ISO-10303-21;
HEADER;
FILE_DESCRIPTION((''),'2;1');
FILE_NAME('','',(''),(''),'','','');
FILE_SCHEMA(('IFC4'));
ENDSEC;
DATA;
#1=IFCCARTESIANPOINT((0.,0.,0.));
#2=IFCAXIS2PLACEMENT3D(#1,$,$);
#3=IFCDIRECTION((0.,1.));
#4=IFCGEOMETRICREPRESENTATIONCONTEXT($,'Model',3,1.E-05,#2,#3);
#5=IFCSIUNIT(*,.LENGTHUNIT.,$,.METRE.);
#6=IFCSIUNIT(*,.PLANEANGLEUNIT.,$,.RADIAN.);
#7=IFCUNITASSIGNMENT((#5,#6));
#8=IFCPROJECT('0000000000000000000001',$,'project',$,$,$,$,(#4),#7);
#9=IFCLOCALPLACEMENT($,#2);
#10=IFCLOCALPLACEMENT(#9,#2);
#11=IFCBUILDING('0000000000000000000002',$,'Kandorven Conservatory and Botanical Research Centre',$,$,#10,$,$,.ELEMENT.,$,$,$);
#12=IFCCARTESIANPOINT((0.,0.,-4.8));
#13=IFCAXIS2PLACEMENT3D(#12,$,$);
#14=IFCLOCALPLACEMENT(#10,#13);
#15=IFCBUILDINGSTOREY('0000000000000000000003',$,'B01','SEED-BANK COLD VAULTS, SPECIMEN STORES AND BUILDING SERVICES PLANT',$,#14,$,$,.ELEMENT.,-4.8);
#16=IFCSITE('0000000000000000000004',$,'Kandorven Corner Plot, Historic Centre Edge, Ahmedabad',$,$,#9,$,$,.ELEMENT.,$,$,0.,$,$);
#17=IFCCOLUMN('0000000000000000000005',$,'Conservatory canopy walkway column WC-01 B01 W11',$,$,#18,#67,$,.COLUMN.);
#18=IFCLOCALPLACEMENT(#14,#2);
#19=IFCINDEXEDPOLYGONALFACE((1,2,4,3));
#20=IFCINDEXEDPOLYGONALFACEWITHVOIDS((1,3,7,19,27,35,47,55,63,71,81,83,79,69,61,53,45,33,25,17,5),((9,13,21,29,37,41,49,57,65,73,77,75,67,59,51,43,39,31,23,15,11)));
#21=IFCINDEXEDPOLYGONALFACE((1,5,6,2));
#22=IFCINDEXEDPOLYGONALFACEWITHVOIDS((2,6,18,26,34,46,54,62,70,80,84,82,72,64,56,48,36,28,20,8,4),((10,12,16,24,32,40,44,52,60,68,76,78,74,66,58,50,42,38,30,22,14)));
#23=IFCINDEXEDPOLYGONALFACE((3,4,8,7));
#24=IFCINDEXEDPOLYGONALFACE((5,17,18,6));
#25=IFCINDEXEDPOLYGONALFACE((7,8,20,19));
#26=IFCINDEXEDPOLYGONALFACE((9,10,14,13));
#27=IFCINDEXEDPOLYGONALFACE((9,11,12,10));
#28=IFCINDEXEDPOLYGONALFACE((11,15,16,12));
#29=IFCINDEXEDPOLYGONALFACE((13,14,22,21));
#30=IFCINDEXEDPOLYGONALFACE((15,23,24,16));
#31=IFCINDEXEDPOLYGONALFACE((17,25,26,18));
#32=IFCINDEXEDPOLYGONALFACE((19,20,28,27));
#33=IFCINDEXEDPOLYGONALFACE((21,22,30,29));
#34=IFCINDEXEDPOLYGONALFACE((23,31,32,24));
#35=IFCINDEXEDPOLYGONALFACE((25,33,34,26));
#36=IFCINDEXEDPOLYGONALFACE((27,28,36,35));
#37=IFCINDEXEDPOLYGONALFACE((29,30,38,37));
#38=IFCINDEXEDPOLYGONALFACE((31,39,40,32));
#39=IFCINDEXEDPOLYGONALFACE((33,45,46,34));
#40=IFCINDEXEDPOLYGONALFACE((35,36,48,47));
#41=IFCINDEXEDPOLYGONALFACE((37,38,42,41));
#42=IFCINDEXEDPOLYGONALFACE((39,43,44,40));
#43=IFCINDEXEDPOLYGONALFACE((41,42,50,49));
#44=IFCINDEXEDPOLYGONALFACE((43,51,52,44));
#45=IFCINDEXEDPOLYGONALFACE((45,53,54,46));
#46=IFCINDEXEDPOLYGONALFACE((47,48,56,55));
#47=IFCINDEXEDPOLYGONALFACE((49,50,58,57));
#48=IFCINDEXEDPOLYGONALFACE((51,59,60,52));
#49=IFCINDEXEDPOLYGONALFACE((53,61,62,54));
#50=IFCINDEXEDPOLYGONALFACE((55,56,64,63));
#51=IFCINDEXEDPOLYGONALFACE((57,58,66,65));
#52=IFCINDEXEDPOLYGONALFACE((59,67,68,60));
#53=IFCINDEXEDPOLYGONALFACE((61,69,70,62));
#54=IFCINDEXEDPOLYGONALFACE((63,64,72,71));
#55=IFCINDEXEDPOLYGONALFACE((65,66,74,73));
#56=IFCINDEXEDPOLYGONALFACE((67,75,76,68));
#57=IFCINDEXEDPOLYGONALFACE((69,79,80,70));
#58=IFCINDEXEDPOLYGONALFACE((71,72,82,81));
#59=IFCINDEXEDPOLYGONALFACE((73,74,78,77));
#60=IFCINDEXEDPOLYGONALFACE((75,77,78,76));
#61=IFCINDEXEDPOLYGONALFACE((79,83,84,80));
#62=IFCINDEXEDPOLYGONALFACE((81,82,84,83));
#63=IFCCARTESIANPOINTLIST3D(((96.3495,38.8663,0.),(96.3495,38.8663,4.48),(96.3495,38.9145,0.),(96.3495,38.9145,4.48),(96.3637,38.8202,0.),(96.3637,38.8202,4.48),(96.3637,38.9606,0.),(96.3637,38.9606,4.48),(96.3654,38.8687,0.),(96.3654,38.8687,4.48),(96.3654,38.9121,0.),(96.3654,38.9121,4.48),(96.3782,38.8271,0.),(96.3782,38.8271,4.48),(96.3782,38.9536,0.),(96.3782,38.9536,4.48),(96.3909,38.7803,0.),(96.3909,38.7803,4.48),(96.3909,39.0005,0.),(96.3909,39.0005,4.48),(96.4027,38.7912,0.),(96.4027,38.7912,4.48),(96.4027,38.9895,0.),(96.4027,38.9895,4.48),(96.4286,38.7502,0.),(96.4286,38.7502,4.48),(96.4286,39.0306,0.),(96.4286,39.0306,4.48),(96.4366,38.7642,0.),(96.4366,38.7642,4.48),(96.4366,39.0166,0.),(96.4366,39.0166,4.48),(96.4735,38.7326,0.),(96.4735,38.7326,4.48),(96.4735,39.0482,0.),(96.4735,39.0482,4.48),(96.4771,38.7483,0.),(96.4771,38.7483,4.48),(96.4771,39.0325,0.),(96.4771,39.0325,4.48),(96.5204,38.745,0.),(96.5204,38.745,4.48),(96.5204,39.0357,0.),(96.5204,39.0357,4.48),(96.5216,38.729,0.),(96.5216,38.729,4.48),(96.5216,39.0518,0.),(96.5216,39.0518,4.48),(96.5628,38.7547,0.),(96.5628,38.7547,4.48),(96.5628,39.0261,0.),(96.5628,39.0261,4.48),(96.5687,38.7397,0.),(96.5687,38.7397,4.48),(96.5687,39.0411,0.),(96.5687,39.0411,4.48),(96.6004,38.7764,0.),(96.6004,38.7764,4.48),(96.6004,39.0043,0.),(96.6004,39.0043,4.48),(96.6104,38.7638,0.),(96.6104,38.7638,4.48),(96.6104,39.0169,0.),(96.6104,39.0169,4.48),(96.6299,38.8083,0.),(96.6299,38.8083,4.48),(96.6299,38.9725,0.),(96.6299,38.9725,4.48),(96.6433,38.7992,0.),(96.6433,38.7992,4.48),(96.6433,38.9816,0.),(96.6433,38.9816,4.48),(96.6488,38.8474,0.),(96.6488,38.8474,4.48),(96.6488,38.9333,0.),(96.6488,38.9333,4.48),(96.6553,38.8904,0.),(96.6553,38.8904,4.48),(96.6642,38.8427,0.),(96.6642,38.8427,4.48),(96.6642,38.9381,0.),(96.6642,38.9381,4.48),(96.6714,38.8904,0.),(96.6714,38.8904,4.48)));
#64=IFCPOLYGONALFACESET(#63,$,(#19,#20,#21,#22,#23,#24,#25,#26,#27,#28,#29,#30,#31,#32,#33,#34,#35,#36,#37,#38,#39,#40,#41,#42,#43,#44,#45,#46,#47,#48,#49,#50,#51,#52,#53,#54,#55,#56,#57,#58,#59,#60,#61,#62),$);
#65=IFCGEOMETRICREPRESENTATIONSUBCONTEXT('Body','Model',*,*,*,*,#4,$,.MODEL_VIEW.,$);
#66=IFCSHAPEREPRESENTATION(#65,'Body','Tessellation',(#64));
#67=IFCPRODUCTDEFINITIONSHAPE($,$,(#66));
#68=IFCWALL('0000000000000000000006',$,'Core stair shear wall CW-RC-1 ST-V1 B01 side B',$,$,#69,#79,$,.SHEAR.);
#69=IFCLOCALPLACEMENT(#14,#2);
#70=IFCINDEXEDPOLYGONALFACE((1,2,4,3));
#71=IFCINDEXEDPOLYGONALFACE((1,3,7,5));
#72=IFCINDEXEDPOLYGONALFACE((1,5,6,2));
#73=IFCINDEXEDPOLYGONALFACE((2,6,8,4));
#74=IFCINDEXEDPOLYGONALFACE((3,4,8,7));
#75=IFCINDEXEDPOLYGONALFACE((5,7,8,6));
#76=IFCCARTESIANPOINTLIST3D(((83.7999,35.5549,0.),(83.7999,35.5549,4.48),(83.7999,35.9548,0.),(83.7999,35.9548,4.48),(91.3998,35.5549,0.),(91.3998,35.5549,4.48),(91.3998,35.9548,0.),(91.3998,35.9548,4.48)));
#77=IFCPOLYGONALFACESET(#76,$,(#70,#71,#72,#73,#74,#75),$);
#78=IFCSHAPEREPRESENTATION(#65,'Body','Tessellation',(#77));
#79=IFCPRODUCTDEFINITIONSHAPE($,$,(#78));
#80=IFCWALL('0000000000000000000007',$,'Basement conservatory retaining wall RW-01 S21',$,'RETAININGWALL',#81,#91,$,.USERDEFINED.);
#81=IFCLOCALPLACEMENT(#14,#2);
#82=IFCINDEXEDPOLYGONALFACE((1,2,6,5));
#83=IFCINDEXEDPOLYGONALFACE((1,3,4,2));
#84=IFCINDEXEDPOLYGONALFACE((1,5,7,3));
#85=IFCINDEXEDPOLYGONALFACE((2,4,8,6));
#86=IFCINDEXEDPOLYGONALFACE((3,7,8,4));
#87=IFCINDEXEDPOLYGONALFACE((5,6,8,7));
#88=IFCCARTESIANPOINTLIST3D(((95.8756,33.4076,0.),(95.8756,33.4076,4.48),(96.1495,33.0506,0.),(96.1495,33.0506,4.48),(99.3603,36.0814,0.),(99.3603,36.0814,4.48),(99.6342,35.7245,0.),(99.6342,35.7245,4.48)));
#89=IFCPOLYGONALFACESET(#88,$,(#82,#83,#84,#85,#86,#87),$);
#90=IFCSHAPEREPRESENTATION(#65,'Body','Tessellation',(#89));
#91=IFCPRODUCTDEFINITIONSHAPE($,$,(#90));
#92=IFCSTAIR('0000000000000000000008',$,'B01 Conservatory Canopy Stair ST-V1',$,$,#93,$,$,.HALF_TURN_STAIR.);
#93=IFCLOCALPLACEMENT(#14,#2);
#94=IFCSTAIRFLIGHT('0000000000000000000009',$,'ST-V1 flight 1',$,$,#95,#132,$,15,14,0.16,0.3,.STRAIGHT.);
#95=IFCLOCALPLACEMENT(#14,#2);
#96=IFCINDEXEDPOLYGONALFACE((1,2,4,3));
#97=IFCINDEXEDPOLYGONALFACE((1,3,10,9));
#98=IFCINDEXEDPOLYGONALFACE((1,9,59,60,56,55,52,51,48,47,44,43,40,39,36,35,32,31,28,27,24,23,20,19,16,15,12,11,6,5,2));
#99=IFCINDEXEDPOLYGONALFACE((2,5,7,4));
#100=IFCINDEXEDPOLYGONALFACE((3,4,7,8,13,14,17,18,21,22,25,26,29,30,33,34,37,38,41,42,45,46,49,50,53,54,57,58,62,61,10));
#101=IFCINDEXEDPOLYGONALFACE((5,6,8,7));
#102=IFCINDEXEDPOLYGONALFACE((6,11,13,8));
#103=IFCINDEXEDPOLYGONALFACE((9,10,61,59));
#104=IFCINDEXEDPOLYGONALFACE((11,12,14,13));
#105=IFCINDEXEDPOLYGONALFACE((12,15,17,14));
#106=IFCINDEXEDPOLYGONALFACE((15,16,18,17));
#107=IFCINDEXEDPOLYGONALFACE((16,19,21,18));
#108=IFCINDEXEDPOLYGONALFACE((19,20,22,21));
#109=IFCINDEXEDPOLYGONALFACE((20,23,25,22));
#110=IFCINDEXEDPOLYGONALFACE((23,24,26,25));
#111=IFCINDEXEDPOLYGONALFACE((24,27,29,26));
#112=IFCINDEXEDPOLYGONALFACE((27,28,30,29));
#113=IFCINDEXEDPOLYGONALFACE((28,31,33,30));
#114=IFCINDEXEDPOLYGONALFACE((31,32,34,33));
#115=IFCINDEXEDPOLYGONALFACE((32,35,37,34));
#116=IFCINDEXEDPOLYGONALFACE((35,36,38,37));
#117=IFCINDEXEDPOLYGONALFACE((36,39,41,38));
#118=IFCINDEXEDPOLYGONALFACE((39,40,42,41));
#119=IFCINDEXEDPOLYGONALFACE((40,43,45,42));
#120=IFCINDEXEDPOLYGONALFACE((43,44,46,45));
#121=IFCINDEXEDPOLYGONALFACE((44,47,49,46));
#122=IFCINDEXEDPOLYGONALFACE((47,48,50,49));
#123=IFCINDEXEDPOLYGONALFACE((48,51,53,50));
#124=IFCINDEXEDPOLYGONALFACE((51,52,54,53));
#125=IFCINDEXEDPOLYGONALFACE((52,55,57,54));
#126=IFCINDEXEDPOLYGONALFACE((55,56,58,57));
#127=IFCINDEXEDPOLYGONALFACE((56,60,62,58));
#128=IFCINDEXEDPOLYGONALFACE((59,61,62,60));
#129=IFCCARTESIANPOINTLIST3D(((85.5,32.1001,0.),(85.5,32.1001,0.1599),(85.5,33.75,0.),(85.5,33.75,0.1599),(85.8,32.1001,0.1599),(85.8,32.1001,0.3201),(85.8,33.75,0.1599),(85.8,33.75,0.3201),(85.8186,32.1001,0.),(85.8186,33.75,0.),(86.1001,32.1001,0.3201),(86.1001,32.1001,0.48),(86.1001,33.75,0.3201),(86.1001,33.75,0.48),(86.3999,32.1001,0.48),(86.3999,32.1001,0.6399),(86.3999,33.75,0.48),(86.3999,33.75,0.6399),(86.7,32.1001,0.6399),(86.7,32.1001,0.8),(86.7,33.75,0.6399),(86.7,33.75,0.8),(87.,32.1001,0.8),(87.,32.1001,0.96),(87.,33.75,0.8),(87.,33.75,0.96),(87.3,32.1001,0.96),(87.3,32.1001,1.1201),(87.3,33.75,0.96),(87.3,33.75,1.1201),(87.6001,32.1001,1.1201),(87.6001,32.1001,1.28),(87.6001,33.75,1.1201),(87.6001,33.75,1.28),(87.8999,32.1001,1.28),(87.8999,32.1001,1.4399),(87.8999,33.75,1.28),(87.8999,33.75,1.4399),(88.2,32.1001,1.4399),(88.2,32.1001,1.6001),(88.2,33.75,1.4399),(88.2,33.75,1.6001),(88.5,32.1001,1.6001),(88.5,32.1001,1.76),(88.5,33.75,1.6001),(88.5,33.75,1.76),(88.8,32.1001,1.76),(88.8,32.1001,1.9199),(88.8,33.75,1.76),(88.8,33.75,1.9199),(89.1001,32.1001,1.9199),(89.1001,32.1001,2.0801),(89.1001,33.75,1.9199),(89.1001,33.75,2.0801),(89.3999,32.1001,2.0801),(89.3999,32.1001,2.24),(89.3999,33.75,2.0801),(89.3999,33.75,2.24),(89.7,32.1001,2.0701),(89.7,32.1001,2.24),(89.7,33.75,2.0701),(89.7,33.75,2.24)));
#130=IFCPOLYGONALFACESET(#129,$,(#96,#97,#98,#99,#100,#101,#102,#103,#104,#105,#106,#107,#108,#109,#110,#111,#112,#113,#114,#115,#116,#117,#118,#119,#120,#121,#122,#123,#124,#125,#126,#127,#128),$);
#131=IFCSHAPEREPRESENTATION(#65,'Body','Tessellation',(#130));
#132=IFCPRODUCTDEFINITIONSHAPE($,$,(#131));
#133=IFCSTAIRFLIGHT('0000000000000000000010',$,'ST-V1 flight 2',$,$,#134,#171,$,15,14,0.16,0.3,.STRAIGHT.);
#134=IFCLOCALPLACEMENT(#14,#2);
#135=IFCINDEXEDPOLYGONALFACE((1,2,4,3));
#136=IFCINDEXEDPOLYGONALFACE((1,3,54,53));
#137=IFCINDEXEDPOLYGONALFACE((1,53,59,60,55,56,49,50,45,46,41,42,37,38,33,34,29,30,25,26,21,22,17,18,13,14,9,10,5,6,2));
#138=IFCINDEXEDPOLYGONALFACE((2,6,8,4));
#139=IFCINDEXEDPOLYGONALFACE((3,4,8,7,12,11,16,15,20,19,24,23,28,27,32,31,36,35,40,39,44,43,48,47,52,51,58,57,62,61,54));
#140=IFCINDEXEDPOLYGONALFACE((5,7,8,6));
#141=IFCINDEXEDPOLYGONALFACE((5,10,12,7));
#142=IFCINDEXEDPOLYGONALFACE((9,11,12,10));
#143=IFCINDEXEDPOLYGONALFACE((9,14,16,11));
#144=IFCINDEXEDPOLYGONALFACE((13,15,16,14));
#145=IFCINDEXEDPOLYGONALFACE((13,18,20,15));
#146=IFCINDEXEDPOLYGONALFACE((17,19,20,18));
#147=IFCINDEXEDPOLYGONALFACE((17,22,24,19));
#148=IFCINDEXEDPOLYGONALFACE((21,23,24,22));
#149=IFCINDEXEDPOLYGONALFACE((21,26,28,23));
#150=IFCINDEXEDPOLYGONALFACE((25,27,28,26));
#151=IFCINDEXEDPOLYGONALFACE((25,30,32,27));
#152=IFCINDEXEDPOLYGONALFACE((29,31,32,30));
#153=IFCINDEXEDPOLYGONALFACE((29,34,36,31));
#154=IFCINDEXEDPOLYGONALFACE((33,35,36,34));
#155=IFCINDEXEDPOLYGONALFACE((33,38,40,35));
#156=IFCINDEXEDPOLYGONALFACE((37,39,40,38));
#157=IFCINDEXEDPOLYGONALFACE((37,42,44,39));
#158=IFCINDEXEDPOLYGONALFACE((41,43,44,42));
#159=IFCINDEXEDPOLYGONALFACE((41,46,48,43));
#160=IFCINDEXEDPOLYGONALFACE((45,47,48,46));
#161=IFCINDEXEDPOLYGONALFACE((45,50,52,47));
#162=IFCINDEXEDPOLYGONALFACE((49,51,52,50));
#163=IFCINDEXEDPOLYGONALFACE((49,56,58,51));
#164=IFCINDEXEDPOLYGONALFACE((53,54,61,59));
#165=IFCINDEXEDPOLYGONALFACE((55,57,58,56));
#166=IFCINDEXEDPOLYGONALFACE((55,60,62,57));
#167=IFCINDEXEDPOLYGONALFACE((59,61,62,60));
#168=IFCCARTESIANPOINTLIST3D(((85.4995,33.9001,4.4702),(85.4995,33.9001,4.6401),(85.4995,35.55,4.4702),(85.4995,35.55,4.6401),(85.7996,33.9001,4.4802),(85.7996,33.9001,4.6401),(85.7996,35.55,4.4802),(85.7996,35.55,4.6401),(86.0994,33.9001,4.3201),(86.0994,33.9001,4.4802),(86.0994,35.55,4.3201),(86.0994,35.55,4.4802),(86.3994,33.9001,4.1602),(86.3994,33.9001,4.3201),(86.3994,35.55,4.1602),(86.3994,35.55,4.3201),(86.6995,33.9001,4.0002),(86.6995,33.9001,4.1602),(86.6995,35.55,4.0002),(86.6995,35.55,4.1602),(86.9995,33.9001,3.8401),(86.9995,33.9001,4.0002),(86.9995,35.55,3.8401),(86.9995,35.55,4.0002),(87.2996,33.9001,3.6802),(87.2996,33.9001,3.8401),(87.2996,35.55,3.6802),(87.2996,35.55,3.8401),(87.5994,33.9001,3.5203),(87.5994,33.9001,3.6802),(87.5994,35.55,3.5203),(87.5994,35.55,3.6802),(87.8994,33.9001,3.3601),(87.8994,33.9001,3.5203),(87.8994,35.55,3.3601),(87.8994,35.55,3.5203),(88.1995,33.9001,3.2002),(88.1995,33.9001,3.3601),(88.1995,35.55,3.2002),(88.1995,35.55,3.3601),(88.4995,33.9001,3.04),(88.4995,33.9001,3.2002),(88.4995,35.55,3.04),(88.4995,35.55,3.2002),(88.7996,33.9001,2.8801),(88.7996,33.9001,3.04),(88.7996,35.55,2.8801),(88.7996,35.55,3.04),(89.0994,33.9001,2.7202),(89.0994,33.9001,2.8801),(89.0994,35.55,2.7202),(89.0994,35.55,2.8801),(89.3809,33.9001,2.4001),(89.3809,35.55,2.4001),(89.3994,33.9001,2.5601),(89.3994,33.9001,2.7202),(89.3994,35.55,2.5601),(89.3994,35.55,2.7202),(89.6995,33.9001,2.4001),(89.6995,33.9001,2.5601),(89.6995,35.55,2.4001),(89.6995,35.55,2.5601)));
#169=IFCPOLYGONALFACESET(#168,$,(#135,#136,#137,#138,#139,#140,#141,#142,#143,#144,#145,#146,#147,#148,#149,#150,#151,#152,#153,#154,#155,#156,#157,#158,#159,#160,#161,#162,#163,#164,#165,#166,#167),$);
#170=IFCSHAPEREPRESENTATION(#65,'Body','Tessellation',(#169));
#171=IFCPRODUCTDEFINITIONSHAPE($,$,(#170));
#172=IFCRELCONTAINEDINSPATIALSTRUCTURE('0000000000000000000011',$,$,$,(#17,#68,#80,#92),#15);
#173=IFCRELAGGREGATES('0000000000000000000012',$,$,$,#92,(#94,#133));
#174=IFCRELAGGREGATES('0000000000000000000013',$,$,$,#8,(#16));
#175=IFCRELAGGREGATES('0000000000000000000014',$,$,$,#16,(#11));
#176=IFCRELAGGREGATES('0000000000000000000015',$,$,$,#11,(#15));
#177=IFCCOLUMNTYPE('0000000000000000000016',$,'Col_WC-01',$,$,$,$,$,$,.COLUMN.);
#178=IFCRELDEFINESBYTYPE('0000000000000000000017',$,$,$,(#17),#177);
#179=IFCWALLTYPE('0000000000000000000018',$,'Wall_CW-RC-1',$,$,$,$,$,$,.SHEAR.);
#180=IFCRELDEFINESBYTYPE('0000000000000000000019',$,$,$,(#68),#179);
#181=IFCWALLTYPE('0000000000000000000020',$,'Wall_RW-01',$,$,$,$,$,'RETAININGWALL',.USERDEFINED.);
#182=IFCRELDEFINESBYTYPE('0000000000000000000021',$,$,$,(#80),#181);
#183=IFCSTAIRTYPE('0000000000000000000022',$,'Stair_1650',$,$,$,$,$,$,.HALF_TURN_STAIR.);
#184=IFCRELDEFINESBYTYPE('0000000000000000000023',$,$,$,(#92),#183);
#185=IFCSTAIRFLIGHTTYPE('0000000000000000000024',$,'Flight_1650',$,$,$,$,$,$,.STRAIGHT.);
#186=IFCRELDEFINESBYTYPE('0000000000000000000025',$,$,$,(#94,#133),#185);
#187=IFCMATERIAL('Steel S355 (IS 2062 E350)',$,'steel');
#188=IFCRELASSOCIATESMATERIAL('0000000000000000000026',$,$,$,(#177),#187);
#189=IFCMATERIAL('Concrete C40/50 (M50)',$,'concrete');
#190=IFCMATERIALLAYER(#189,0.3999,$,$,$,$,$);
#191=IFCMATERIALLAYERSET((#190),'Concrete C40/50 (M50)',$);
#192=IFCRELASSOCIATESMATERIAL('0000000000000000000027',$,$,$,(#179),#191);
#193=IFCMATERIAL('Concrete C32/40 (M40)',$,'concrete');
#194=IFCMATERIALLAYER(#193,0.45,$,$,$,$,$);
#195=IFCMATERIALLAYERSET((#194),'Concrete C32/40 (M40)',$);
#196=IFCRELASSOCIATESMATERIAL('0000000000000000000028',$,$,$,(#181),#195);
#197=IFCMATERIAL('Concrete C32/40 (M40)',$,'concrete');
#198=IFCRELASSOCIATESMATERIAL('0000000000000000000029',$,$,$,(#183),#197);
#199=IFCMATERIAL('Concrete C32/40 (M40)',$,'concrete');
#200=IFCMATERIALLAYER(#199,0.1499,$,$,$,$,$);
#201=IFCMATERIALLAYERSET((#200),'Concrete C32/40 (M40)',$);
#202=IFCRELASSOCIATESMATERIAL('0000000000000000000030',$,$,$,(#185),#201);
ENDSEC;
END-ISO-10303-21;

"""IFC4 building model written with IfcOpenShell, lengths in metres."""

from ifc_helpers import new_model, si_unit, direction, frame, frame_2d, origin, origin_2d, place, context, subcontext, project, spatial, polyline, rectangle, hollow_circle, outline, extrude, material, layer, layer_set, material_profile, profile_set, type_object, element, aggregate, save


model = new_model("IFC4")

# Units and contexts
model_context = context("Model", 3, precision=1e-05, world=origin(), true_north=direction((0.0, 1.0)))
body_context = subcontext(model_context, "Body", "Model", "MODEL_VIEW")
ifc_project = project(units=[si_unit("LENGTHUNIT", "METRE"), si_unit("PLANEANGLEUNIT", "RADIAN")], contexts=[model_context])

# Site, building, storey
site_placement = place(None, origin())
site = spatial("IfcSite", under=ifc_project, at=site_placement, Name="Kandorven Corner Plot, Historic Centre Edge, Ahmedabad", CompositionType="ELEMENT", RefElevation=0.0)
building_placement = place(site_placement, origin())
building = spatial("IfcBuilding", under=site, at=building_placement, Name="Kandorven Conservatory and Botanical Research Centre", CompositionType="ELEMENT")
storey_placement = place(building_placement, frame((0.0, 0.0, -4.8)))
storey = spatial("IfcBuildingStorey", under=building, at=storey_placement, Name="B01", Description="SEED-BANK COLD VAULTS, SPECIMEN STORES AND BUILDING SERVICES PLANT", CompositionType="ELEMENT", Elevation=-4.8)

# Column
ifc_material_1 = material(Name="Steel S355 (IS 2062 E350)", Category="steel")
ifc_material_profile_1 = material_profile(ifc_material_1, hollow_circle(Radius=0.1619, WallThickness=0.0161, at=origin_2d()))
ifc_profile_set_1 = profile_set([ifc_material_profile_1], Name="Steel S355 (IS 2062 E350)")
column_type_1 = type_object("IfcColumnType", Name="Col_WC-01", PredefinedType="COLUMN", material=ifc_profile_set_1)
for number, where, z_axis, x_axis, name in (
    (1, (96.5095, 38.8904, 0.0), (0.0, 0.0, 1.0), (1.0, 0.0, 0.0), "Conservatory canopy walkway column WC-01 B01 W11"),
):
    element("IfcColumn", number, at=place(storey_placement, frame(where, z_axis=z_axis, x_axis=x_axis)), inside=storey, type_object=column_type_1, Name=name, PredefinedType="COLUMN", context=body_context, shape_type="SweptSolid", body=[
        extrude(hollow_circle(Radius=0.1619, WallThickness=0.0161, at=origin_2d()), origin(), (0.0, 0.0, 1.0), 4.48),
    ])

# Walls
ifc_material_2 = material(Name="Concrete C40/50 (M50)", Category="concrete")
ifc_layer_1 = layer(ifc_material_2, 0.3999)
ifc_layer_set_1 = layer_set([ifc_layer_1], Name="Concrete C40/50 (M50)")
wall_type_1 = type_object("IfcWallType", Name="Wall_CW-RC-1", PredefinedType="SHEAR", material=ifc_layer_set_1)
wall_1_placement = place(storey_placement, frame((83.8, 35.7549, 0.0), z_axis=(0.0, 0.0, 1.0), x_axis=(1.0, 0.0, 0.0)))
element("IfcWall", 2, at=wall_1_placement, inside=storey, type_object=wall_type_1, Name="Core stair shear wall CW-RC-1 ST-V1 B01 side B", PredefinedType="SHEAR", context=body_context, shape_type="SweptSolid", body=[
    extrude(rectangle(XDim=7.5999, YDim=0.3999, at=frame_2d((3.7998, 0.0))), origin(), (0.0, 0.0, 1.0), 4.48),
])
ifc_material_3 = material(Name="Concrete C32/40 (M40)", Category="concrete")
ifc_layer_2 = layer(ifc_material_3, 0.45)
ifc_layer_set_2 = layer_set([ifc_layer_2], Name="Concrete C32/40 (M40)")
wall_type_2 = type_object("IfcWallType", Name="Wall_RW-01", ElementType="RETAININGWALL", PredefinedType="USERDEFINED", material=ifc_layer_set_2)
wall_2_placement = place(storey_placement, frame((96.0125, 33.229, 0.0), z_axis=(0.0, 0.0, 1.0), x_axis=(0.793355, 0.608759, 0.0)))
element("IfcWall", 3, at=wall_2_placement, inside=storey, type_object=wall_type_2, Name="Basement conservatory retaining wall RW-01 S21", ObjectType="RETAININGWALL", PredefinedType="USERDEFINED", context=body_context, shape_type="SweptSolid", body=[
    extrude(rectangle(XDim=4.3923, YDim=0.45, at=frame_2d((2.1963, 0.0))), origin(), (0.0, 0.0, 1.0), 4.48),
])

# Stair, stair flights
ifc_material_4 = material(Name="Concrete C32/40 (M40)", Category="concrete")
stair_type = type_object("IfcStairType", Name="Stair_1650", PredefinedType="HALF_TURN_STAIR", material=ifc_material_4)
stair_placement = place(storey_placement, origin())
stair = element("IfcStair", 4, at=stair_placement, inside=storey, type_object=stair_type, Name="B01 Conservatory Canopy Stair ST-V1", PredefinedType="HALF_TURN_STAIR")
ifc_material_5 = material(Name="Concrete C32/40 (M40)", Category="concrete")
ifc_layer_3 = layer(ifc_material_5, 0.1499)
ifc_layer_set_3 = layer_set([ifc_layer_3], Name="Concrete C32/40 (M40)")
stair_flight_type = type_object("IfcStairFlightType", Name="Flight_1650", PredefinedType="STRAIGHT", material=ifc_layer_set_3)
stair_flight_1_placement = place(storey_placement, frame((85.5, 32.925, 0.0), z_axis=(0.0, 0.0, 1.0), x_axis=(1.0, 0.0, 0.0)))
stair_flight_1 = element("IfcStairFlight", 5, at=stair_flight_1_placement, type_object=stair_flight_type, Name="ST-V1 flight 1", NumberOfRisers=15, NumberOfTreads=14, PredefinedType="STRAIGHT", RiserHeight=0.16, TreadLength=0.3, context=body_context, shape_type="SweptSolid", body=[
    extrude(outline(polyline([(0.0, 0.0), (0.0, 0.1599), (0.3, 0.1599), (0.3, 0.3201), (0.6001, 0.3201), (0.6001, 0.48), (0.8999, 0.48), (0.8999, 0.6399), (1.2, 0.6399), (1.2, 0.8), (1.5, 0.8), (1.5, 0.96), (1.8, 0.96), (1.8, 1.1201), (2.1001, 1.1201), (2.1001, 1.28), (2.3999, 1.28), (2.3999, 1.4399), (2.7, 1.4399), (2.7, 1.6001), (3.0, 1.6001), (3.0, 1.76), (3.3, 1.76), (3.3, 1.9199), (3.6001, 1.9199), (3.6001, 2.0801), (3.8999, 2.0801), (3.8999, 2.24), (4.2, 2.24), (4.2, 2.3999), (4.2, 2.0701), (0.3186, 0.0), (0.0, 0.0)])), frame((0.0, 0.825, 0.0), z_axis=(0.0, -1.0, 0.0), x_axis=(1.0, 0.0, 0.0)), (0.0, 0.0, 1.0), 1.6499),
])
stair_flight_2_placement = place(storey_placement, frame((89.6995, 34.7251, 2.4001), z_axis=(0.0, 0.0, 1.0), x_axis=(-1.0, 0.0, 0.0)))
stair_flight_2 = element("IfcStairFlight", 6, at=stair_flight_2_placement, type_object=stair_flight_type, Name="ST-V1 flight 2", NumberOfRisers=15, NumberOfTreads=14, PredefinedType="STRAIGHT", RiserHeight=0.16, TreadLength=0.3, context=body_context, shape_type="SweptSolid", body=[
    extrude(outline(polyline([(0.0, 0.0), (0.0, 0.1599), (0.3, 0.1599), (0.3, 0.3201), (0.6001, 0.3201), (0.6001, 0.48), (0.8999, 0.48), (0.8999, 0.6399), (1.2, 0.6399), (1.2, 0.8), (1.5, 0.8), (1.5, 0.96), (1.8, 0.96), (1.8, 1.1201), (2.1001, 1.1201), (2.1001, 1.28), (2.3999, 1.28), (2.3999, 1.4399), (2.7, 1.4399), (2.7, 1.6001), (3.0, 1.6001), (3.0, 1.76), (3.3, 1.76), (3.3, 1.9199), (3.6001, 1.9199), (3.6001, 2.0801), (3.8999, 2.0801), (3.8999, 2.24), (4.2, 2.24), (4.2, 2.3999), (4.2, 2.0701), (0.3186, 0.0), (0.0, 0.0)])), frame((0.0, 0.825, 0.0), z_axis=(0.0, -1.0, 0.0), x_axis=(1.0, 0.0, 0.0)), (0.0, 0.0, 1.0), 1.6499),
])
aggregate(stair, [stair_flight_1, stair_flight_2])

save(model, "model.ifc")
